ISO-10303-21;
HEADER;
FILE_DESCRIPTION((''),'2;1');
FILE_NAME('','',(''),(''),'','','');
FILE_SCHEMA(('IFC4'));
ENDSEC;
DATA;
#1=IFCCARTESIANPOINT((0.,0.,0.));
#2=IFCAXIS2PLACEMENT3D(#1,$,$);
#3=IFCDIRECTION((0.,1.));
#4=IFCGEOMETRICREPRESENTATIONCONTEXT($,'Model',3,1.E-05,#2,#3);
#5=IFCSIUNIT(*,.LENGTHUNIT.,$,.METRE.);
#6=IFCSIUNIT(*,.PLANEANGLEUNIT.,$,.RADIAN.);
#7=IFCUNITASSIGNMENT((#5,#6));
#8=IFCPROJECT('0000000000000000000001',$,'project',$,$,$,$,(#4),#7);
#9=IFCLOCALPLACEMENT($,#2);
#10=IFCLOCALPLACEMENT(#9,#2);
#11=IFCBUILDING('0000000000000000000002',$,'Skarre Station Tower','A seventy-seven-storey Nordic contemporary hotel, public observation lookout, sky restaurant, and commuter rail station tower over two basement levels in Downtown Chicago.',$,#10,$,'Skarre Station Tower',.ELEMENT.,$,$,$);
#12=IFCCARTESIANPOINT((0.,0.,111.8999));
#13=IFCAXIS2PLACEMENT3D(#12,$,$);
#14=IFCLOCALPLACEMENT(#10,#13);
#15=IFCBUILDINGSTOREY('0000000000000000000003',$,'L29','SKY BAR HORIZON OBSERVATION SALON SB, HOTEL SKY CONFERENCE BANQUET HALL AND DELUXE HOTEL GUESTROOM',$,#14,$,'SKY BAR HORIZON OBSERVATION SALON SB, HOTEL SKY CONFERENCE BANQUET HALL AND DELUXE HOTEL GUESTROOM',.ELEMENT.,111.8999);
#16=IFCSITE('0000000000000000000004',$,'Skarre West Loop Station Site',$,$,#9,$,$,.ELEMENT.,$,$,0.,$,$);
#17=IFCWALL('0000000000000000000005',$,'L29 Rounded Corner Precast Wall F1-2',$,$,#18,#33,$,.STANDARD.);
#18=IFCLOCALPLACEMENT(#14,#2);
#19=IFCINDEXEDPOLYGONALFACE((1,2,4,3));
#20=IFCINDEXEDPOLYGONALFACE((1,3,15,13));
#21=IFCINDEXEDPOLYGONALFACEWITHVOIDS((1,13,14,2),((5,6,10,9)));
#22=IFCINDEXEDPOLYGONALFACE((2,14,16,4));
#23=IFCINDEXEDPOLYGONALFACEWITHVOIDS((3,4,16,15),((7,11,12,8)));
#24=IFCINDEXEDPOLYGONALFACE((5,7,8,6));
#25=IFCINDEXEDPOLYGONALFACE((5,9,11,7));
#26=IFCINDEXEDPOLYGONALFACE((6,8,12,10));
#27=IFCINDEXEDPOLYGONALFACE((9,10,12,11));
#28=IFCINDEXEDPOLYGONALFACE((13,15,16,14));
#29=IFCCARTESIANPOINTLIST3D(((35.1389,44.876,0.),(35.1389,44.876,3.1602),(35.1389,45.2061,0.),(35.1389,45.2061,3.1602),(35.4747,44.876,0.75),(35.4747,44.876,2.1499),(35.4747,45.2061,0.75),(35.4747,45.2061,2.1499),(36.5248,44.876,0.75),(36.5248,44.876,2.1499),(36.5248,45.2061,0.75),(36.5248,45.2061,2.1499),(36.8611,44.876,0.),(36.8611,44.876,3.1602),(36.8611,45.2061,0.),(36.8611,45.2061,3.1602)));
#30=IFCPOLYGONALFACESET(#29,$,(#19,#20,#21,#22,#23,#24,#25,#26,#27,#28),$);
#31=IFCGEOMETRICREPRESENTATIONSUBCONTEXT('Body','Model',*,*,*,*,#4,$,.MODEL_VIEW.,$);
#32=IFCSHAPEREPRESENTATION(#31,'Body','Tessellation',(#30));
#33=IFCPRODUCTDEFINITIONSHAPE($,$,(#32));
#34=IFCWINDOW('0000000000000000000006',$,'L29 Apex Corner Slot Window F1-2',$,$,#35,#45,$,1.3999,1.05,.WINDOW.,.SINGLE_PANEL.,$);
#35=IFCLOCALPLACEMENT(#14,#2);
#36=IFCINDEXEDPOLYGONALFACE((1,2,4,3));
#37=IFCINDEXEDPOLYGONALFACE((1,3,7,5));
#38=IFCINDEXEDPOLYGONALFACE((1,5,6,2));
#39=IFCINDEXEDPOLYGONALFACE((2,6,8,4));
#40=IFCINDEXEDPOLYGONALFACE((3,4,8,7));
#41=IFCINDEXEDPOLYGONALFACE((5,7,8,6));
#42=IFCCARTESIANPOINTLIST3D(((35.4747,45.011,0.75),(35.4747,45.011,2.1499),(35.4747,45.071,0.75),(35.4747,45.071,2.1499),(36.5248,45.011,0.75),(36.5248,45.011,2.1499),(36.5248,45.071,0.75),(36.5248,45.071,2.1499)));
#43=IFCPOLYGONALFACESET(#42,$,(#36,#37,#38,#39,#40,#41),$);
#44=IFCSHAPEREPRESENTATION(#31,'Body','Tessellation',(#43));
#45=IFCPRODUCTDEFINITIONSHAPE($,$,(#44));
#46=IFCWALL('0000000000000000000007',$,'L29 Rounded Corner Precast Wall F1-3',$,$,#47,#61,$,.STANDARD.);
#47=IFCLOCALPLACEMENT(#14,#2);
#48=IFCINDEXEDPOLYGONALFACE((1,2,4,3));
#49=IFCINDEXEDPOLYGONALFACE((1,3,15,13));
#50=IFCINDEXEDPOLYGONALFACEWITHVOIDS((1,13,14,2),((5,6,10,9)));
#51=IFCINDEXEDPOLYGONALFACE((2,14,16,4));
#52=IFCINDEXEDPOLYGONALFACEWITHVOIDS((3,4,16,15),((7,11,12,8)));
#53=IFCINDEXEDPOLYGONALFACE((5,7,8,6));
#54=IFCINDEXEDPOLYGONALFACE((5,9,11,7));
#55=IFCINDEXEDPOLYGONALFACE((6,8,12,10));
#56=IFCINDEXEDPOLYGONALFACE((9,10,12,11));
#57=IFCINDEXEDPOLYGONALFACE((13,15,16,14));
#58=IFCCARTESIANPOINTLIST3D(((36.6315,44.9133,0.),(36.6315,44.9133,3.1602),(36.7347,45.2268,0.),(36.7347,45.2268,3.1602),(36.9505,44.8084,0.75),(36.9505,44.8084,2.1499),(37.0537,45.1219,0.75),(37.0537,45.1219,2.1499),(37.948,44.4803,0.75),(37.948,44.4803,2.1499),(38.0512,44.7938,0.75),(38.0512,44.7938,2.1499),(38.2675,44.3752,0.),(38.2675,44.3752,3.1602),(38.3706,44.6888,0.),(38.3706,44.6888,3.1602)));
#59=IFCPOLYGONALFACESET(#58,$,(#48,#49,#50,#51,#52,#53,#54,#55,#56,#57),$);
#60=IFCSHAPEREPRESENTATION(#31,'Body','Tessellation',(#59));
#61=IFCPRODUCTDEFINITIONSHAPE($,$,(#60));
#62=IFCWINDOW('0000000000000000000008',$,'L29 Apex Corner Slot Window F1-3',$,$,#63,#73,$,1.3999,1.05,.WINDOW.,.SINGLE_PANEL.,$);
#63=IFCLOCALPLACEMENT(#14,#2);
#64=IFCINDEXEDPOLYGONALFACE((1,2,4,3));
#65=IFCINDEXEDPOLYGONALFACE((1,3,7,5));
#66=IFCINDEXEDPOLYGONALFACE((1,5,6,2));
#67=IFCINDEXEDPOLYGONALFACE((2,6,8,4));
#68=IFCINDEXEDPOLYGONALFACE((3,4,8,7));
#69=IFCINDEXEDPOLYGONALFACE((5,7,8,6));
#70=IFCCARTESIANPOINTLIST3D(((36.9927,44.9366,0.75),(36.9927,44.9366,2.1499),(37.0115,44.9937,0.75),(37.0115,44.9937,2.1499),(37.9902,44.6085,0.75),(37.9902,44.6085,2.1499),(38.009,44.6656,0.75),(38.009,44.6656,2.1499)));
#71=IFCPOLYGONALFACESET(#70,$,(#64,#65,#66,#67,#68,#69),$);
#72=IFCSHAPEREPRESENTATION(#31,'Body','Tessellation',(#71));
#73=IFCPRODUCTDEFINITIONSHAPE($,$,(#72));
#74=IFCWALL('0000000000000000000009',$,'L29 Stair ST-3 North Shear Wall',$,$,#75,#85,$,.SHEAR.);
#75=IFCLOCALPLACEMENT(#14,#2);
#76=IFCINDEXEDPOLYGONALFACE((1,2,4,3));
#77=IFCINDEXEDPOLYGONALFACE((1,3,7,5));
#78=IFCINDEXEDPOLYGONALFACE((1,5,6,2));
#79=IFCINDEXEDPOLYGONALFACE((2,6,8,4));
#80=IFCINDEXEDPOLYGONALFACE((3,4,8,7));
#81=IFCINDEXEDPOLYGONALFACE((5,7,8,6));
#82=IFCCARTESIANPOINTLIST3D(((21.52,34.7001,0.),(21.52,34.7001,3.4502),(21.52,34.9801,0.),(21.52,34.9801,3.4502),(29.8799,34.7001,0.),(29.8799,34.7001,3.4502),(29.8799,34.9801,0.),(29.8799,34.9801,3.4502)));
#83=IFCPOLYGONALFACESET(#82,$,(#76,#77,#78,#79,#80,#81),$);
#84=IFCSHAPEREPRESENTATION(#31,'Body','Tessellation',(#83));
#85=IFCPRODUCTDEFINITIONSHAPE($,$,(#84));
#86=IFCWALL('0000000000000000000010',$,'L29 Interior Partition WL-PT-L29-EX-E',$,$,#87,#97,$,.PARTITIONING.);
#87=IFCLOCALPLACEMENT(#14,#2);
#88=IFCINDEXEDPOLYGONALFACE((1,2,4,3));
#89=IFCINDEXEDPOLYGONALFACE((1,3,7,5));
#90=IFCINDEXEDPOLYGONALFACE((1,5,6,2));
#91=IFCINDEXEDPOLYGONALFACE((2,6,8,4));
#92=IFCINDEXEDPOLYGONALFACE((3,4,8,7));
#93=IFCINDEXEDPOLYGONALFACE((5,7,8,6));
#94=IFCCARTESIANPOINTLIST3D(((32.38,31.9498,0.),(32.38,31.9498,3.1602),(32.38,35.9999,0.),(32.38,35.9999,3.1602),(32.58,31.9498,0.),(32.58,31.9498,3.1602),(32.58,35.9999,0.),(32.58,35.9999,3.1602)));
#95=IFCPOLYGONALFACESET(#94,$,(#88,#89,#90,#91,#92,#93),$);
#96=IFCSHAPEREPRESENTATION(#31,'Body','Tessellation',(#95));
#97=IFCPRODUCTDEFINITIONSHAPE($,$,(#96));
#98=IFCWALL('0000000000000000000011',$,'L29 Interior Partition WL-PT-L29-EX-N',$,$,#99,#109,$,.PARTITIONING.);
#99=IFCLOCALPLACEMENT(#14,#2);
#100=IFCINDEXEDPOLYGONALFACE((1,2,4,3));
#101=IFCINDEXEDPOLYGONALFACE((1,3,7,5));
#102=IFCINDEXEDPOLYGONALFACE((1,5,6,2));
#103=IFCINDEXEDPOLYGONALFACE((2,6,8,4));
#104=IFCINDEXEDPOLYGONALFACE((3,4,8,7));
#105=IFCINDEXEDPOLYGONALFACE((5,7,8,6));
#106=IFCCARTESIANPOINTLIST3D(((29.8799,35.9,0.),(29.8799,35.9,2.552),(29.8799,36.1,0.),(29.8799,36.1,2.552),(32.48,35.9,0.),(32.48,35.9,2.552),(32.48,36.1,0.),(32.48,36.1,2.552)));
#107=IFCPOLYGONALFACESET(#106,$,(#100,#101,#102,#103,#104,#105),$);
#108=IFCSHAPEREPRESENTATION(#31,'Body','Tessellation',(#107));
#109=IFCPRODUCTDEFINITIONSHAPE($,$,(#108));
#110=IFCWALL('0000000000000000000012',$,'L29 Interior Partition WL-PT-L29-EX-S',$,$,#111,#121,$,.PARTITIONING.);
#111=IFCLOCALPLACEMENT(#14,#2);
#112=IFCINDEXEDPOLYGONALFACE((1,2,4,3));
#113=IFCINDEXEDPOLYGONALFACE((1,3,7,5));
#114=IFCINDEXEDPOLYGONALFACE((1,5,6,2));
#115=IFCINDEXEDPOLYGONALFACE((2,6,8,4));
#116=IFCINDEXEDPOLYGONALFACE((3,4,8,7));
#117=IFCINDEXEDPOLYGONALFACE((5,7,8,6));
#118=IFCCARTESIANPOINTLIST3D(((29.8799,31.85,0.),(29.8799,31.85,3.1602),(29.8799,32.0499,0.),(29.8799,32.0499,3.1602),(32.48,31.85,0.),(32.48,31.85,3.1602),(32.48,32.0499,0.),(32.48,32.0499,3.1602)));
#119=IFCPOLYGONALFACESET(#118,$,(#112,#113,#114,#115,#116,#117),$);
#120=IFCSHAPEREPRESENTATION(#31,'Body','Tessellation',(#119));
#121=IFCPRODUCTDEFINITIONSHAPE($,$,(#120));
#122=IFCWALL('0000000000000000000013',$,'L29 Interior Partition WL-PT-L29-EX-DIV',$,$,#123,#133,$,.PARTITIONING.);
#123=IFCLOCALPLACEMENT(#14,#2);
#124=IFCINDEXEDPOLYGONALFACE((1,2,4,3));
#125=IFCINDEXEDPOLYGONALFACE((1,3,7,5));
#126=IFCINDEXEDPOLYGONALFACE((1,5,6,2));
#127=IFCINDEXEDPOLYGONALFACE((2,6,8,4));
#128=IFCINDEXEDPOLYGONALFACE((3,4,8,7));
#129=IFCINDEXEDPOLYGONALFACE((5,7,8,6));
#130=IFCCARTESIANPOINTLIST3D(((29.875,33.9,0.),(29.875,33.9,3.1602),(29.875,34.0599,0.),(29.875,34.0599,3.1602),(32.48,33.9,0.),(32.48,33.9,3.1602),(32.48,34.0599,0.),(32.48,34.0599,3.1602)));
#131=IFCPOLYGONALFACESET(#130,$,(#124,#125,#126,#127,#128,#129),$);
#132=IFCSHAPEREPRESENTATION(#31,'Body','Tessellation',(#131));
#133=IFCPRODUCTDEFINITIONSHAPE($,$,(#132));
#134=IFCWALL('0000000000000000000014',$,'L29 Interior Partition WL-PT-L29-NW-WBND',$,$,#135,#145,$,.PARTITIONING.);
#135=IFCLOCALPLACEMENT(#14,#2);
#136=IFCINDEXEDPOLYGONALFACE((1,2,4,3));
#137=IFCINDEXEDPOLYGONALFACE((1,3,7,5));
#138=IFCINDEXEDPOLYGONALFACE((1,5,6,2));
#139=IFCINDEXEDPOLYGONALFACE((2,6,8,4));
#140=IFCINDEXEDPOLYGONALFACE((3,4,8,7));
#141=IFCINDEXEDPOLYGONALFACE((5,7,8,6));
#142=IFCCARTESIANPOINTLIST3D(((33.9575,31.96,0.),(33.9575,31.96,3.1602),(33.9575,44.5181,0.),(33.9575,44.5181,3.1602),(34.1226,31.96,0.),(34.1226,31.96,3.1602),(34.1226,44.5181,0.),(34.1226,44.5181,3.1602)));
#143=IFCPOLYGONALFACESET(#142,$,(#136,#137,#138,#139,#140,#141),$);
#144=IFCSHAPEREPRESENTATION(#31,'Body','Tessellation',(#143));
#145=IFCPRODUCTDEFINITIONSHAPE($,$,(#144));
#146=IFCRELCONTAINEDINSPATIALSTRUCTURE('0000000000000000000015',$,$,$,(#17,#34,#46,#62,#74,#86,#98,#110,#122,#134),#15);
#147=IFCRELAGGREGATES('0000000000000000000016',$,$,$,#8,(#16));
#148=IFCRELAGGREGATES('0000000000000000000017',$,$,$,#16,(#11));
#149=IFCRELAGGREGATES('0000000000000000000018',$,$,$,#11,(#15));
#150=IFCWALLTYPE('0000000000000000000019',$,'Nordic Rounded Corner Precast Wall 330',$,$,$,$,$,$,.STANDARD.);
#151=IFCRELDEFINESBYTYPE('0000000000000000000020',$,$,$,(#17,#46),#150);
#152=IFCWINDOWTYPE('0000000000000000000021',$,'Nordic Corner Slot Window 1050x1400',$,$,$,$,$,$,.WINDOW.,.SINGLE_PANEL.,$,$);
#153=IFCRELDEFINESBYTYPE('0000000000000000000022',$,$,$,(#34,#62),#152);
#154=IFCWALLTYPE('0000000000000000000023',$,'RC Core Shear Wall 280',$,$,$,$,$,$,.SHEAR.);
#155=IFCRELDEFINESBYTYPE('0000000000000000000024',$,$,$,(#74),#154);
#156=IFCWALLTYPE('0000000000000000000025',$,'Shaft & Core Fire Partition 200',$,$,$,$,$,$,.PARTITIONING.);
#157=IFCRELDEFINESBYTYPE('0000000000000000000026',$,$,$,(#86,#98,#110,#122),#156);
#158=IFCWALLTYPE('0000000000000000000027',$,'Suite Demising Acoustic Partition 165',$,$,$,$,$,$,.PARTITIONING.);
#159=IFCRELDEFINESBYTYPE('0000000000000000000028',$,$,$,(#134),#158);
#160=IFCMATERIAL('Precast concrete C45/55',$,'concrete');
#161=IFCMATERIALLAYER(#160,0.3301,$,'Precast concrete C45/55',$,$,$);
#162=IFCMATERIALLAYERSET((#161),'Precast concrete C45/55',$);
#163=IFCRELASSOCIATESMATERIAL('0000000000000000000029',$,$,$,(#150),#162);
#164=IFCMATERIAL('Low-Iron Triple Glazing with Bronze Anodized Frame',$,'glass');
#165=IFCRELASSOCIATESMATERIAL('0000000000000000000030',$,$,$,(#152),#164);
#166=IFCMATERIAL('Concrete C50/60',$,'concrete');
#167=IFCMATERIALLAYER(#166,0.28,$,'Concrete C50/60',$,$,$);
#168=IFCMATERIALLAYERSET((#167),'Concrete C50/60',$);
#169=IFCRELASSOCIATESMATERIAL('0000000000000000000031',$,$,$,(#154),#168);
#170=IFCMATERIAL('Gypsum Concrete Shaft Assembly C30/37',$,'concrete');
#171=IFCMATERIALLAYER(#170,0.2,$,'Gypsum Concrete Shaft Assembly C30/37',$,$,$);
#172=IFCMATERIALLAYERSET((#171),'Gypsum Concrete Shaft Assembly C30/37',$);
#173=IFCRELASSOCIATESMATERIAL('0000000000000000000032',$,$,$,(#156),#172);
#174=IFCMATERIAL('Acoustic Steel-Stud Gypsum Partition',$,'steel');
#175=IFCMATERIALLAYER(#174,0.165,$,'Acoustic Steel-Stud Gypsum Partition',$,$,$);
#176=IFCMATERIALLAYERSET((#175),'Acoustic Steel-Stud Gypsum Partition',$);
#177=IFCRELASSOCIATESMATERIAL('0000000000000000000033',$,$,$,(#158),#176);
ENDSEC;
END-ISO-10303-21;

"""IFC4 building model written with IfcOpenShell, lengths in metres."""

from ifc_helpers import new_model, si_unit, direction, frame, frame_2d, origin, place, context, subcontext, project, spatial, rectangle, extrude, material, layer, layer_set, type_object, element, fill, save


model = new_model("IFC4")

# Units and contexts
model_context = context("Model", 3, precision=1e-05, world=origin(), true_north=direction((0.0, 1.0)))
body_context = subcontext(model_context, "Body", "Model", "MODEL_VIEW")
ifc_project = project(units=[si_unit("LENGTHUNIT", "METRE"), si_unit("PLANEANGLEUNIT", "RADIAN")], contexts=[model_context])

# Site, building, storey
site_placement = place(None, origin())
site = spatial("IfcSite", under=ifc_project, at=site_placement, Name="Skarre West Loop Station Site", CompositionType="ELEMENT", RefElevation=0.0)
building_placement = place(site_placement, origin())
building = spatial("IfcBuilding", under=site, at=building_placement, Name="Skarre Station Tower", Description="A seventy-seven-storey Nordic contemporary hotel, public observation lookout, sky restaurant, and commuter rail station tower over two basement levels in Downtown Chicago.", LongName="Skarre Station Tower", CompositionType="ELEMENT")
storey_placement = place(building_placement, frame((0.0, 0.0, 111.8999)))
storey = spatial("IfcBuildingStorey", under=building, at=storey_placement, Name="L29", Description="SKY BAR HORIZON OBSERVATION SALON SB, HOTEL SKY CONFERENCE BANQUET HALL AND DELUXE HOTEL GUESTROOM", LongName="SKY BAR HORIZON OBSERVATION SALON SB, HOTEL SKY CONFERENCE BANQUET HALL AND DELUXE HOTEL GUESTROOM", CompositionType="ELEMENT", Elevation=111.8999)

# Shared definitions
ifc_material_1 = material(Name="Acoustic Steel-Stud Gypsum Partition", Category="steel")

# Shared definitions
ifc_material_2 = material(Name="Precast concrete C45/55", Category="concrete")
ifc_layer_1 = layer(ifc_material_2, 0.3301, Name="Precast concrete C45/55")
ifc_layer_set_1 = layer_set([ifc_layer_1], Name="Precast concrete C45/55")
wall_type_1 = type_object("IfcWallType", Name="Nordic Rounded Corner Precast Wall 330", PredefinedType="STANDARD", material=ifc_layer_set_1)

# Walls, openings, windows
wall_1_placement = place(storey_placement, frame((35.1389, 45.041, 0.0), z_axis=(0.0, 0.0, 1.0), x_axis=(1.0, 0.0, 0.0)))
wall_1 = element("IfcWall", 1, at=wall_1_placement, inside=storey, type_object=wall_type_1, Name="L29 Rounded Corner Precast Wall F1-2", PredefinedType="STANDARD", context=body_context, shape_type="SweptSolid", body=[
    extrude(rectangle(XDim=1.7222, YDim=0.3301, at=frame_2d((0.8611, 0.0))), origin(), (0.0, 0.0, 1.0), 3.1602),
])
opening_1_placement = place(wall_1_placement, frame((0.3359, 0.0, 0.75)))
opening_1 = element("IfcOpeningElement", 2, at=opening_1_placement, cuts=wall_1, PredefinedType="OPENING", context=body_context, shape_type="SweptSolid", body=[
    extrude(rectangle(XDim=1.05, YDim=1.3999, at=frame_2d((0.5249, 0.7))), frame((0.0, 0.175, 0.0), z_axis=(0.0, -1.0, 0.0), x_axis=(1.0, 0.0, 0.0)), (0.0, 0.0, 1.0), 0.3501),
])
ifc_material_3 = material(Name="Low-Iron Triple Glazing with Bronze Anodized Frame", Category="glass")
window_type = type_object("IfcWindowType", Name="Nordic Corner Slot Window 1050x1400", PartitioningType="SINGLE_PANEL", PredefinedType="WINDOW", material=ifc_material_3)
window_1_placement = place(opening_1_placement, origin())
window_1 = element("IfcWindow", 3, at=window_1_placement, inside=storey, type_object=window_type, Name="L29 Apex Corner Slot Window F1-2", OverallHeight=1.3999, OverallWidth=1.05, PartitioningType="SINGLE_PANEL", PredefinedType="WINDOW", context=body_context, shape_type="SweptSolid", body=[
    extrude(rectangle(XDim=1.05, YDim=1.3999, at=frame_2d((0.5249, 0.7))), frame((0.0, 0.03, 0.0), z_axis=(0.0, -1.0, 0.0), x_axis=(1.0, 0.0, 0.0)), (0.0, 0.0, 1.0), 0.0601),
])
fill(opening_1, window_1)
wall_2_placement = place(storey_placement, frame((36.6831, 45.0701, 0.0), z_axis=(0.0, 0.0, 1.0), x_axis=(0.949937, -0.31244, 0.0)))
wall_2 = element("IfcWall", 4, at=wall_2_placement, inside=storey, type_object=wall_type_1, Name="L29 Rounded Corner Precast Wall F1-3", PredefinedType="STANDARD", context=body_context, shape_type="SweptSolid", body=[
    extrude(rectangle(XDim=1.7222, YDim=0.3301, at=frame_2d((0.8611, 0.0))), origin(), (0.0, 0.0, 1.0), 3.1602),
])
opening_2_placement = place(wall_2_placement, frame((0.3359, 0.0, 0.75)))
opening_2 = element("IfcOpeningElement", 5, at=opening_2_placement, cuts=wall_2, PredefinedType="OPENING", context=body_context, shape_type="SweptSolid", body=[
    extrude(rectangle(XDim=1.05, YDim=1.3999, at=frame_2d((0.5249, 0.7))), frame((0.0, 0.175, 0.0), z_axis=(0.0, -1.0, 0.0), x_axis=(1.0, 0.0, 0.0)), (0.0, 0.0, 1.0), 0.3501),
])
window_2_placement = place(opening_2_placement, origin())
window_2 = element("IfcWindow", 6, at=window_2_placement, inside=storey, type_object=window_type, Name="L29 Apex Corner Slot Window F1-3", OverallHeight=1.3999, OverallWidth=1.05, PartitioningType="SINGLE_PANEL", PredefinedType="WINDOW", context=body_context, shape_type="SweptSolid", body=[
    extrude(rectangle(XDim=1.05, YDim=1.3999, at=frame_2d((0.5249, 0.7))), frame((0.0, 0.03, 0.0), z_axis=(0.0, -1.0, 0.0), x_axis=(1.0, 0.0, 0.0)), (0.0, 0.0, 1.0), 0.0601),
])
fill(opening_2, window_2)

# Walls
ifc_material_4 = material(Name="Concrete C50/60", Category="concrete")
ifc_layer_2 = layer(ifc_material_4, 0.28, Name="Concrete C50/60")
ifc_layer_set_2 = layer_set([ifc_layer_2], Name="Concrete C50/60")
wall_type_2 = type_object("IfcWallType", Name="RC Core Shear Wall 280", PredefinedType="SHEAR", material=ifc_layer_set_2)
wall_3_placement = place(storey_placement, frame((29.8799, 34.8401, 0.0), z_axis=(0.0, 0.0, 1.0), x_axis=(-1.0, 0.0, 0.0)))
element("IfcWall", 7, at=wall_3_placement, inside=storey, type_object=wall_type_2, Name="L29 Stair ST-3 North Shear Wall", PredefinedType="SHEAR", context=body_context, shape_type="SweptSolid", body=[
    extrude(rectangle(XDim=8.3599, YDim=0.28, at=frame_2d((4.1799, 0.0))), origin(), (0.0, 0.0, 1.0), 3.4502),
])
ifc_material_5 = material(Name="Gypsum Concrete Shaft Assembly C30/37", Category="concrete")
ifc_layer_3 = layer(ifc_material_5, 0.2, Name="Gypsum Concrete Shaft Assembly C30/37")
ifc_layer_set_3 = layer_set([ifc_layer_3], Name="Gypsum Concrete Shaft Assembly C30/37")
wall_type_3 = type_object("IfcWallType", Name="Shaft & Core Fire Partition 200", PredefinedType="PARTITIONING", material=ifc_layer_set_3)
wall_4_placement = place(storey_placement, frame((32.48, 31.95, 0.0), z_axis=(0.0, 0.0, 1.0), x_axis=(0.0, 1.0, 0.0)))
element("IfcWall", 8, at=wall_4_placement, inside=storey, type_object=wall_type_3, Name="L29 Interior Partition WL-PT-L29-EX-E", PredefinedType="PARTITIONING", context=body_context, shape_type="SweptSolid", body=[
    extrude(rectangle(XDim=4.05, YDim=0.2, at=frame_2d((2.0249, 0.0))), origin(), (0.0, 0.0, 1.0), 3.1602),
])
wall_5_placement = place(storey_placement, frame((29.8799, 36.0, 0.0), z_axis=(0.0, 0.0, 1.0), x_axis=(1.0, 0.0, 0.0)))
element("IfcWall", 9, at=wall_5_placement, inside=storey, type_object=wall_type_3, Name="L29 Interior Partition WL-PT-L29-EX-N", PredefinedType="PARTITIONING", context=body_context, shape_type="SweptSolid", body=[
    extrude(rectangle(XDim=2.6001, YDim=0.2, at=frame_2d((1.3, 0.0))), origin(), (0.0, 0.0, 1.0), 2.552),
])
wall_6_placement = place(storey_placement, frame((32.48, 31.95, 0.0), z_axis=(0.0, 0.0, 1.0), x_axis=(-1.0, 0.0, 0.0)))
element("IfcWall", 10, at=wall_6_placement, inside=storey, type_object=wall_type_3, Name="L29 Interior Partition WL-PT-L29-EX-S", PredefinedType="PARTITIONING", context=body_context, shape_type="SweptSolid", body=[
    extrude(rectangle(XDim=2.6001, YDim=0.2, at=frame_2d((1.3, 0.0))), origin(), (0.0, 0.0, 1.0), 3.1602),
])
wall_7_placement = place(storey_placement, frame((29.875, 33.98, 0.0), z_axis=(0.0, 0.0, 1.0), x_axis=(1.0, 0.0, 0.0)))
element("IfcWall", 11, at=wall_7_placement, inside=storey, type_object=wall_type_3, Name="L29 Interior Partition WL-PT-L29-EX-DIV", PredefinedType="PARTITIONING", context=body_context, shape_type="SweptSolid", body=[
    extrude(rectangle(XDim=2.605, YDim=0.1599, at=frame_2d((1.3025, 0.0))), origin(), (0.0, 0.0, 1.0), 3.1602),
])
ifc_layer_4 = layer(ifc_material_1, 0.165, Name="Acoustic Steel-Stud Gypsum Partition")
ifc_layer_set_4 = layer_set([ifc_layer_4], Name="Acoustic Steel-Stud Gypsum Partition")
wall_type_4 = type_object("IfcWallType", Name="Suite Demising Acoustic Partition 165", PredefinedType="PARTITIONING", material=ifc_layer_set_4)
wall_8_placement = place(storey_placement, frame((34.04, 31.96, 0.0), z_axis=(0.0, 0.0, 1.0), x_axis=(0.0, 1.0, 0.0)))
element("IfcWall", 12, at=wall_8_placement, inside=storey, type_object=wall_type_4, Name="L29 Interior Partition WL-PT-L29-NW-WBND", PredefinedType="PARTITIONING", context=body_context, shape_type="SweptSolid", body=[
    extrude(rectangle(XDim=12.5581, YDim=0.165, at=frame_2d((6.2791, 0.0))), origin(), (0.0, 0.0, 1.0), 3.1602),
])

save(model, "model.ifc")
